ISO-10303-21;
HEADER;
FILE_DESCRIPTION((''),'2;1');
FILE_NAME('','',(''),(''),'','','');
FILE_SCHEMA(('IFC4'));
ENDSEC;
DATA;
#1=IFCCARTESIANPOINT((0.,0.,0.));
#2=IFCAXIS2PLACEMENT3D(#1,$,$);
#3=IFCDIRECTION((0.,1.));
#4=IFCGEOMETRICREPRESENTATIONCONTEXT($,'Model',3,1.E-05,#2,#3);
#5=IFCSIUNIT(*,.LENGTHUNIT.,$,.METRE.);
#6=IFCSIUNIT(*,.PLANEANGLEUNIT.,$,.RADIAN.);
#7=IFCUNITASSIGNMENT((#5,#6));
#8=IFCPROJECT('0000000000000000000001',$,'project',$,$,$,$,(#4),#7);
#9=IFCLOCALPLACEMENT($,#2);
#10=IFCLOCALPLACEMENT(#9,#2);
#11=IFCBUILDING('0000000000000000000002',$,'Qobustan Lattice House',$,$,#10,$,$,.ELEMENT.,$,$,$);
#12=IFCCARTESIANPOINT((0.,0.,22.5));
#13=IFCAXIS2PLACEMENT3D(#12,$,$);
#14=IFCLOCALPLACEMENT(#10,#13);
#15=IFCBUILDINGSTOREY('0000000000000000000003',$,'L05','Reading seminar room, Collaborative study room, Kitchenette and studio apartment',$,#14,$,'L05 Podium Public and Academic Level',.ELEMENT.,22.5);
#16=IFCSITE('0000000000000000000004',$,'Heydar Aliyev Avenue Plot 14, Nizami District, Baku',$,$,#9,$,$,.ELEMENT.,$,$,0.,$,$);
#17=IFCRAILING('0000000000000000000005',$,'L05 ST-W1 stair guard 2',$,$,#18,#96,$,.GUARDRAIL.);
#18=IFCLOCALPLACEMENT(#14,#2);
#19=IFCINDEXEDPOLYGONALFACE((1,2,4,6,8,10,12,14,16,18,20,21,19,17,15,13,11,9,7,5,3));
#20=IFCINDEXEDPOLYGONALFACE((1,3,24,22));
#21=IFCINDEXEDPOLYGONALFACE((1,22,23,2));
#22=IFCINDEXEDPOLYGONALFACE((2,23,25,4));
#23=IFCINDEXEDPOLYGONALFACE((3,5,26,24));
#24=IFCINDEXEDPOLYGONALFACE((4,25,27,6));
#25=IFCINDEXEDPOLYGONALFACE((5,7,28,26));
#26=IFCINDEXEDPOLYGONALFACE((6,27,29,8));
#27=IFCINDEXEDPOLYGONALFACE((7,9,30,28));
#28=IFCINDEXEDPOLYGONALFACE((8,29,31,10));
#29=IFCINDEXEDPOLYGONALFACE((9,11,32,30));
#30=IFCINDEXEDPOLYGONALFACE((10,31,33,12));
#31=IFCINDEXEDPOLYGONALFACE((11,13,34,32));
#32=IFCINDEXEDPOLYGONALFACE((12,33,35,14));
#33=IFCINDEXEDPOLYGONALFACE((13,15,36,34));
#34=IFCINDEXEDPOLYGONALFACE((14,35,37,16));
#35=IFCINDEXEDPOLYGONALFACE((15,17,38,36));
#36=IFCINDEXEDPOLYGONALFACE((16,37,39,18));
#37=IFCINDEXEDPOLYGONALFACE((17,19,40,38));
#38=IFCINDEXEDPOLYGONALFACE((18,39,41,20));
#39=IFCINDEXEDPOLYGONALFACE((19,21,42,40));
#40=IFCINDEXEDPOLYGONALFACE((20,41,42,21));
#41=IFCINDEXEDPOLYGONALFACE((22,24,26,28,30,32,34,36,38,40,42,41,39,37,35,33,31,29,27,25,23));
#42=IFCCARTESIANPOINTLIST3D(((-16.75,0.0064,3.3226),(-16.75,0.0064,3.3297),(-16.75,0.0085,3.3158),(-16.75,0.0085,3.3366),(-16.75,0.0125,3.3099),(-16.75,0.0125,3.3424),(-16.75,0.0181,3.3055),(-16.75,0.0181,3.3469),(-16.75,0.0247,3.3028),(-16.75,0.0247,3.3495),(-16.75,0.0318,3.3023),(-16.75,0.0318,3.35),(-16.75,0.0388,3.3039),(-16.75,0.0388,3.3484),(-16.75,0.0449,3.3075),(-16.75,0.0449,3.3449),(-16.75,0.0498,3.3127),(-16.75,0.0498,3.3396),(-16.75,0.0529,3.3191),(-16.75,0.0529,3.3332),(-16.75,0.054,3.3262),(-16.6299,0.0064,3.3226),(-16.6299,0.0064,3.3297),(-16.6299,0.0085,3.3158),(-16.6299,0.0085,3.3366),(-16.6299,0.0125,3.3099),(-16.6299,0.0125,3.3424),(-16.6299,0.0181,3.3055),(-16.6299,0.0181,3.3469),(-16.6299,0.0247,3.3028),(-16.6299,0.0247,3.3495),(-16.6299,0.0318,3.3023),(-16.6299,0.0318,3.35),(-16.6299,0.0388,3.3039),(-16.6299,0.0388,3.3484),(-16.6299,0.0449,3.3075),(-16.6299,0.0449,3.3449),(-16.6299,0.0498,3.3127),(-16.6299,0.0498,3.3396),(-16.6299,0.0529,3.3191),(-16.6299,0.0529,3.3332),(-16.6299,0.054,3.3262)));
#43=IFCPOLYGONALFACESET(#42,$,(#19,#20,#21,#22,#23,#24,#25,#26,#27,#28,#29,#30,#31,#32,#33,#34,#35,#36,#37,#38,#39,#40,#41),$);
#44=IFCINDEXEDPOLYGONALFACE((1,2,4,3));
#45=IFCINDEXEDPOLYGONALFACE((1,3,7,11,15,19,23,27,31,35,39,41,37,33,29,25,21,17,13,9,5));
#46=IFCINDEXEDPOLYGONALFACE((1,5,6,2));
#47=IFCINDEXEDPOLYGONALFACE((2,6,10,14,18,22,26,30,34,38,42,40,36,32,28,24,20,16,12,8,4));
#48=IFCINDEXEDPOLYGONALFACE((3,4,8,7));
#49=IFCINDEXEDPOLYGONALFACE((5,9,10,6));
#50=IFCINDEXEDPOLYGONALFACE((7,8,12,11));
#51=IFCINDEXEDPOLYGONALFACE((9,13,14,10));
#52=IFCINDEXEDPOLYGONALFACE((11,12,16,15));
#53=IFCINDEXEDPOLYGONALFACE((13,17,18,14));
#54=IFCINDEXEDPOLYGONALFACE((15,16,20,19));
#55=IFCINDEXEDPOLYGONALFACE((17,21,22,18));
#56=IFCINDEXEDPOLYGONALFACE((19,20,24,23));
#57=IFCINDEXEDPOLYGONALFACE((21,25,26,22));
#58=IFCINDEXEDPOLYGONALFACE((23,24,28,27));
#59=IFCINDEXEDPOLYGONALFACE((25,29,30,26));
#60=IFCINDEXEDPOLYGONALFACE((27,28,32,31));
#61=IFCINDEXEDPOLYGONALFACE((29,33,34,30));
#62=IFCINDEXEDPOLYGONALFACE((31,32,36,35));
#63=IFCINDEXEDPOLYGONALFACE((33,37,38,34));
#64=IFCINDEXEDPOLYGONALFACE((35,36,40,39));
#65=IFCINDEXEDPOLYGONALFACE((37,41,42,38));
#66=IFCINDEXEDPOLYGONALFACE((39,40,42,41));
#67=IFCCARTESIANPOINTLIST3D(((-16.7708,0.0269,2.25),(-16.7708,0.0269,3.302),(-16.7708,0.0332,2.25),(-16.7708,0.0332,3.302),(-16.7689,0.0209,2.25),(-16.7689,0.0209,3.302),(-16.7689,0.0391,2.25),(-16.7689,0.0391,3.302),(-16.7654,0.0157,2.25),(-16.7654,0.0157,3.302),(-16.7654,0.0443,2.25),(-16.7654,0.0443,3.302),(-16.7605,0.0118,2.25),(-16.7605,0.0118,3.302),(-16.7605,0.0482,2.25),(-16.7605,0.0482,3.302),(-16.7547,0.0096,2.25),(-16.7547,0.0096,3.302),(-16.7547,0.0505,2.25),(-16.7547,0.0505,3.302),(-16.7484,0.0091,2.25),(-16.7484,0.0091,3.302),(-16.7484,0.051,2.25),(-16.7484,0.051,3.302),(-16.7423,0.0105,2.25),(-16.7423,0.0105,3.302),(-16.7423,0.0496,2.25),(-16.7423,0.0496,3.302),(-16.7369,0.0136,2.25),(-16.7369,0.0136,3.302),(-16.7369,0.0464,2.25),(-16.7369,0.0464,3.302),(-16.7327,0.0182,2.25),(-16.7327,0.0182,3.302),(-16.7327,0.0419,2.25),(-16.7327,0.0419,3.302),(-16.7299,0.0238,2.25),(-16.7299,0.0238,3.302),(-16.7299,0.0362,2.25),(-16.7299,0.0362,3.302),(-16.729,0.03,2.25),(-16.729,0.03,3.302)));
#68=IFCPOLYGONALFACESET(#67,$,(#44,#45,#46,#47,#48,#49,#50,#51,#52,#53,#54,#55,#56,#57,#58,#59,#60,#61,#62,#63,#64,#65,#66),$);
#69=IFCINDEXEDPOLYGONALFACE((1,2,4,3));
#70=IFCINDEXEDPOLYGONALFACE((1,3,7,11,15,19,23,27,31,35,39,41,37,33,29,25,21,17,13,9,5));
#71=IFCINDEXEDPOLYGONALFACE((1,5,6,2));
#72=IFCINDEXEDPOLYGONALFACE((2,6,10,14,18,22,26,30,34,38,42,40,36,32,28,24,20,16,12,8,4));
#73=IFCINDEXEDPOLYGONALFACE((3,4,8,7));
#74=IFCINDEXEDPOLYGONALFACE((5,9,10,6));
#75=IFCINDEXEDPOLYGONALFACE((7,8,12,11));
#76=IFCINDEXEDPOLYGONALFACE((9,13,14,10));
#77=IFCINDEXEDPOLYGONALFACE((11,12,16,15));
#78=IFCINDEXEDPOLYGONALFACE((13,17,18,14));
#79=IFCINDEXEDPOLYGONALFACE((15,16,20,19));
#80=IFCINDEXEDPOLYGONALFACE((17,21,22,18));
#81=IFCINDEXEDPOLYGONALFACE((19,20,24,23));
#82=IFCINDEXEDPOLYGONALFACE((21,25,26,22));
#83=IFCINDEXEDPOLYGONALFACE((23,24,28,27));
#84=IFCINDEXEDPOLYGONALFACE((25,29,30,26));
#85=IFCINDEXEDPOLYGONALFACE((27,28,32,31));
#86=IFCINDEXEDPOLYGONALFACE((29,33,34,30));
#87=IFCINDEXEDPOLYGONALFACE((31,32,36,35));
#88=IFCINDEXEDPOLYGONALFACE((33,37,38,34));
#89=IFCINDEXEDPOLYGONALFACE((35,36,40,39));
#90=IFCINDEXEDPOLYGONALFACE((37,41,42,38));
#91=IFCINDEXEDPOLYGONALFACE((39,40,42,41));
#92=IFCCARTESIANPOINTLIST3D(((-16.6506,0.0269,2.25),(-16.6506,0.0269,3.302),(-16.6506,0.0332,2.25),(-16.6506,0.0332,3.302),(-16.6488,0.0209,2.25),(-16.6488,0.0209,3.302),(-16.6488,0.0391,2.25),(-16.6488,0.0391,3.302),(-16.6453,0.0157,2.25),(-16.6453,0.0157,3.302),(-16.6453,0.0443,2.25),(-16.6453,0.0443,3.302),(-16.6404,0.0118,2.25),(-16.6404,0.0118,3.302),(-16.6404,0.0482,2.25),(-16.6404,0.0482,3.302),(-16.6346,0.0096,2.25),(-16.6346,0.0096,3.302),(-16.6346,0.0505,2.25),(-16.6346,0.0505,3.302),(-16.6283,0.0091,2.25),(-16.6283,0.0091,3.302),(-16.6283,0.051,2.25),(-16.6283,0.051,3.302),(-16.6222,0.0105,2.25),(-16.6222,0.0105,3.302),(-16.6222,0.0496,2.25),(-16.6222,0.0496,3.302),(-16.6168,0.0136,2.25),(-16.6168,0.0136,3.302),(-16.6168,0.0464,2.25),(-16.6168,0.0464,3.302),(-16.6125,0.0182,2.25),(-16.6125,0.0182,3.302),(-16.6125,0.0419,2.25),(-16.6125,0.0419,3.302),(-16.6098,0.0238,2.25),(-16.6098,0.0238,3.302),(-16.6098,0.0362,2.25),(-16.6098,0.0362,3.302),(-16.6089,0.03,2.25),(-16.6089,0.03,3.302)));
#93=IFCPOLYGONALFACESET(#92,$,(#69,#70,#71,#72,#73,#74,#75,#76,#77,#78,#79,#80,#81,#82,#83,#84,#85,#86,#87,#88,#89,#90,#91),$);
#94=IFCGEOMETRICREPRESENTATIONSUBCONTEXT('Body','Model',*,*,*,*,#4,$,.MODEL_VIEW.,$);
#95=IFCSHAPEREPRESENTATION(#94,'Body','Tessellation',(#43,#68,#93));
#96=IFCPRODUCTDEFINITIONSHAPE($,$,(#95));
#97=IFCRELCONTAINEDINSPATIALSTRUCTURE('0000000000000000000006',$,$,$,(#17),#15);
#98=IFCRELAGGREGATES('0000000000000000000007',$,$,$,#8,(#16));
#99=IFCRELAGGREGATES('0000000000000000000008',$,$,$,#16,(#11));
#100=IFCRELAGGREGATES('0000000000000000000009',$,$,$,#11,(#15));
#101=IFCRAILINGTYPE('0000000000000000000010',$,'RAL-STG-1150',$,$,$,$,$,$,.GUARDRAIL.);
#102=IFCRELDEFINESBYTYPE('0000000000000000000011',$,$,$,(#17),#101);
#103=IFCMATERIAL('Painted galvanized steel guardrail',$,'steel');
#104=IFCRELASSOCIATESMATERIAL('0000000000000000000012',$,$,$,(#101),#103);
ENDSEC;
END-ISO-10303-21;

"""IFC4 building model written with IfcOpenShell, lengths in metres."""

from ifc_helpers import new_model, si_unit, direction, frame, origin, origin_2d, place, context, subcontext, project, spatial, circle, extrude, material, type_object, element, save


model = new_model("IFC4")

# Units and contexts
model_context = context("Model", 3, precision=1e-05, world=origin(), true_north=direction((0.0, 1.0)))
body_context = subcontext(model_context, "Body", "Model", "MODEL_VIEW")
ifc_project = project(units=[si_unit("LENGTHUNIT", "METRE"), si_unit("PLANEANGLEUNIT", "RADIAN")], contexts=[model_context])

# Site, building, storey
site_placement = place(None, origin())
site = spatial("IfcSite", under=ifc_project, at=site_placement, Name="Heydar Aliyev Avenue Plot 14, Nizami District, Baku", CompositionType="ELEMENT", RefElevation=0.0)
building_placement = place(site_placement, origin())
building = spatial("IfcBuilding", under=site, at=building_placement, Name="Qobustan Lattice House", CompositionType="ELEMENT")
storey_placement = place(building_placement, frame((0.0, 0.0, 22.5)))
storey = spatial("IfcBuildingStorey", under=building, at=storey_placement, Name="L05", Description="Reading seminar room, Collaborative study room, Kitchenette and studio apartment", LongName="L05 Podium Public and Academic Level", CompositionType="ELEMENT", Elevation=22.5)

# Railing
ifc_material_1 = material(Name="Painted galvanized steel guardrail", Category="steel")
railing_type_1 = type_object("IfcRailingType", Name="RAL-STG-1150", PredefinedType="GUARDRAIL", material=ifc_material_1)
railing_1_placement = place(storey_placement, frame((-16.75, 0.03, 2.25)))
element("IfcRailing", 1, at=railing_1_placement, inside=storey, type_object=railing_type_1, Name="L05 ST-W1 stair guard 2", PredefinedType="GUARDRAIL", context=body_context, shape_type="SweptSolid", body=[
    extrude(circle(Radius=0.0239, at=origin_2d()), frame((0.0, 0.0, 1.0762), z_axis=(1.0, 0.0, 0.0), x_axis=(0.0, 1.0, 0.0)), (0.0, 0.0, 1.0), 0.1201),
    extrude(circle(Radius=0.021, at=origin_2d()), origin(), (0.0, 0.0, 1.0), 1.052),
    extrude(circle(Radius=0.021, at=origin_2d()), frame((0.1201, 0.0, 0.0)), (0.0, 0.0, 1.0), 1.052),
])

save(model, "model.ifc")
